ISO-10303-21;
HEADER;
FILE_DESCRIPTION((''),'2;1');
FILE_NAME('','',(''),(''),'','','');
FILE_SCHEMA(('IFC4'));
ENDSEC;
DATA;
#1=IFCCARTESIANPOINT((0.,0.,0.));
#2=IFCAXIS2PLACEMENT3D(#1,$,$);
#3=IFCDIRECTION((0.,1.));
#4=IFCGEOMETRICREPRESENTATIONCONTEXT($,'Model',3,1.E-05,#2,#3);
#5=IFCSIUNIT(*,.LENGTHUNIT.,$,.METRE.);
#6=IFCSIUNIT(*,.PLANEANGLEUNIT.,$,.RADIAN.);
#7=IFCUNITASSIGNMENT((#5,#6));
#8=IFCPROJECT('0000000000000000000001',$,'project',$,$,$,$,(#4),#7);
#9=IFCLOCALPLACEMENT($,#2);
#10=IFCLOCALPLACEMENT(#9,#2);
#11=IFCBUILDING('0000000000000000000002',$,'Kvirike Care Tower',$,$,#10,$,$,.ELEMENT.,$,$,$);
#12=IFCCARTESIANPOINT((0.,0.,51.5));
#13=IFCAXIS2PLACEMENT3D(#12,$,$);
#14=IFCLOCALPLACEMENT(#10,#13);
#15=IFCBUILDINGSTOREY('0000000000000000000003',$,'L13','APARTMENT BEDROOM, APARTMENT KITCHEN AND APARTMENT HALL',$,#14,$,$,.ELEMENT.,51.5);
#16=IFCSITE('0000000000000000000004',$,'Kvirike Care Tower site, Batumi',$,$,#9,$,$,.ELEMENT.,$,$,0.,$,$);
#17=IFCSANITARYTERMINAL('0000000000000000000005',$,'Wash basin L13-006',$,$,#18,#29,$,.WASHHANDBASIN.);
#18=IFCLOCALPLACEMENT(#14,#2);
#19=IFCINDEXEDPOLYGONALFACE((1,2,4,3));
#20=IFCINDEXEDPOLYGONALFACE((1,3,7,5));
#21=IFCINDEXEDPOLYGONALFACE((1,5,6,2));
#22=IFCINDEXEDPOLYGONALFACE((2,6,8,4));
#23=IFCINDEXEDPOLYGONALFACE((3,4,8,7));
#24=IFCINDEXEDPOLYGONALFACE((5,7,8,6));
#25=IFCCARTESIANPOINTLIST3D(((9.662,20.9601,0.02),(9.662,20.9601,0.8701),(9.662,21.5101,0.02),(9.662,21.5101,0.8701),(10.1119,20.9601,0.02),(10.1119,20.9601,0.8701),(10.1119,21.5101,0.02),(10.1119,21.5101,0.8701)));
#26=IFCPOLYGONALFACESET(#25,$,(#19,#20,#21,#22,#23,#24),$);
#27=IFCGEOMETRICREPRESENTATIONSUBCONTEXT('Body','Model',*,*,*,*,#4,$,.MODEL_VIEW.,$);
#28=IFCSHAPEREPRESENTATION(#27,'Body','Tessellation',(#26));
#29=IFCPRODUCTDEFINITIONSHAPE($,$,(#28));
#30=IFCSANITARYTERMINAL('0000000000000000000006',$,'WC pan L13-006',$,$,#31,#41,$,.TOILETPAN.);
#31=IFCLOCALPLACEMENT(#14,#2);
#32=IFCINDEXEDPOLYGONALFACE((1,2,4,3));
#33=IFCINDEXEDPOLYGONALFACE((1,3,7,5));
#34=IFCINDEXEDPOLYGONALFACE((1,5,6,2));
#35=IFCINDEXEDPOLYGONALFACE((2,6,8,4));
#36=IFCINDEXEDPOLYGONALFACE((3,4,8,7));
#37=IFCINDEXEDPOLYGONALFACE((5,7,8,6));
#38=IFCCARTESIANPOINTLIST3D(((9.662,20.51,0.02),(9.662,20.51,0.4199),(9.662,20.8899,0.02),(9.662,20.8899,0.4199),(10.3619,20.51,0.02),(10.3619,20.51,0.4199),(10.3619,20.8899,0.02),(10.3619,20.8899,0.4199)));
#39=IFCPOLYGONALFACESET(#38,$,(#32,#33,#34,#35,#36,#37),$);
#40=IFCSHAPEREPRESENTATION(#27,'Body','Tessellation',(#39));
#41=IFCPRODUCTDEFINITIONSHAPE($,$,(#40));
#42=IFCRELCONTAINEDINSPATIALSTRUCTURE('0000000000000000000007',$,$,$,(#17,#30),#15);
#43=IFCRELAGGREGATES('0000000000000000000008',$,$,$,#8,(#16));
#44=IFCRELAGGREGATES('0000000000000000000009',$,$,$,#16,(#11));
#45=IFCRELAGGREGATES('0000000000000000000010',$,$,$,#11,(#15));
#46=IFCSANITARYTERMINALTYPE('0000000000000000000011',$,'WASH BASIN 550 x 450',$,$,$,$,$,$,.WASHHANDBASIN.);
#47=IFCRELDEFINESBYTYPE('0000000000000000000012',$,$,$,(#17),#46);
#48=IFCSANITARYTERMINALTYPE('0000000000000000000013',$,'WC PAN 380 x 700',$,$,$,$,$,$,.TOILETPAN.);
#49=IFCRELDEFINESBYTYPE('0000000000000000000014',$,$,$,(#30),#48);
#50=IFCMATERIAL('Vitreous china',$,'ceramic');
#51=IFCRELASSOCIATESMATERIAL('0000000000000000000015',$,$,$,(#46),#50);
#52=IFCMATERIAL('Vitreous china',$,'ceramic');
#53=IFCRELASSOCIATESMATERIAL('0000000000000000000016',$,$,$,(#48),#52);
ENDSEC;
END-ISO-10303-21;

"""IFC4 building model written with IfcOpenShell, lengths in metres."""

from ifc_helpers import new_model, si_unit, direction, frame, origin, origin_2d, place, context, subcontext, project, spatial, rectangle, extrude, material, type_object, element, save


model = new_model("IFC4")

# Units and contexts
model_context = context("Model", 3, precision=1e-05, world=origin(), true_north=direction((0.0, 1.0)))
body_context = subcontext(model_context, "Body", "Model", "MODEL_VIEW")
ifc_project = project(units=[si_unit("LENGTHUNIT", "METRE"), si_unit("PLANEANGLEUNIT", "RADIAN")], contexts=[model_context])

# Site, building, storey
site_placement = place(None, origin())
site = spatial("IfcSite", under=ifc_project, at=site_placement, Name="Kvirike Care Tower site, Batumi", CompositionType="ELEMENT", RefElevation=0.0)
building_placement = place(site_placement, origin())
building = spatial("IfcBuilding", under=site, at=building_placement, Name="Kvirike Care Tower", CompositionType="ELEMENT")
storey_placement = place(building_placement, frame((0.0, 0.0, 51.5)))
storey = spatial("IfcBuildingStorey", under=building, at=storey_placement, Name="L13", Description="APARTMENT BEDROOM, APARTMENT KITCHEN AND APARTMENT HALL", CompositionType="ELEMENT", Elevation=51.5)

# Sanitary terminals
ifc_material_1 = material(Name="Vitreous china", Category="ceramic")
sanitary_terminal_type_1 = type_object("IfcSanitaryTerminalType", Name="WASH BASIN 550 x 450", PredefinedType="WASHHANDBASIN", material=ifc_material_1)
sanitary_terminal_1_placement = place(storey_placement, frame((9.887, 21.2351, 0.02), z_axis=(0.0, 0.0, 1.0), x_axis=(0.0, 1.0, 0.0)))
element("IfcSanitaryTerminal", 1, at=sanitary_terminal_1_placement, inside=storey, type_object=sanitary_terminal_type_1, Name="Wash basin L13-006", PredefinedType="WASHHANDBASIN", context=body_context, shape_type="SweptSolid", body=[
    extrude(rectangle(XDim=0.55, YDim=0.45, at=origin_2d()), origin(), (0.0, 0.0, 1.0), 0.8501),
])
ifc_material_2 = material(Name="Vitreous china", Category="ceramic")
sanitary_terminal_type_2 = type_object("IfcSanitaryTerminalType", Name="WC PAN 380 x 700", PredefinedType="TOILETPAN", material=ifc_material_2)
sanitary_terminal_2_placement = place(storey_placement, frame((10.012, 20.7, 0.02), z_axis=(0.0, 0.0, 1.0), x_axis=(0.0, 1.0, 0.0)))
element("IfcSanitaryTerminal", 2, at=sanitary_terminal_2_placement, inside=storey, type_object=sanitary_terminal_type_2, Name="WC pan L13-006", PredefinedType="TOILETPAN", context=body_context, shape_type="SweptSolid", body=[
    extrude(rectangle(XDim=0.3799, YDim=0.7, at=origin_2d()), origin(), (0.0, 0.0, 1.0), 0.3999),
])

save(model, "model.ifc")
